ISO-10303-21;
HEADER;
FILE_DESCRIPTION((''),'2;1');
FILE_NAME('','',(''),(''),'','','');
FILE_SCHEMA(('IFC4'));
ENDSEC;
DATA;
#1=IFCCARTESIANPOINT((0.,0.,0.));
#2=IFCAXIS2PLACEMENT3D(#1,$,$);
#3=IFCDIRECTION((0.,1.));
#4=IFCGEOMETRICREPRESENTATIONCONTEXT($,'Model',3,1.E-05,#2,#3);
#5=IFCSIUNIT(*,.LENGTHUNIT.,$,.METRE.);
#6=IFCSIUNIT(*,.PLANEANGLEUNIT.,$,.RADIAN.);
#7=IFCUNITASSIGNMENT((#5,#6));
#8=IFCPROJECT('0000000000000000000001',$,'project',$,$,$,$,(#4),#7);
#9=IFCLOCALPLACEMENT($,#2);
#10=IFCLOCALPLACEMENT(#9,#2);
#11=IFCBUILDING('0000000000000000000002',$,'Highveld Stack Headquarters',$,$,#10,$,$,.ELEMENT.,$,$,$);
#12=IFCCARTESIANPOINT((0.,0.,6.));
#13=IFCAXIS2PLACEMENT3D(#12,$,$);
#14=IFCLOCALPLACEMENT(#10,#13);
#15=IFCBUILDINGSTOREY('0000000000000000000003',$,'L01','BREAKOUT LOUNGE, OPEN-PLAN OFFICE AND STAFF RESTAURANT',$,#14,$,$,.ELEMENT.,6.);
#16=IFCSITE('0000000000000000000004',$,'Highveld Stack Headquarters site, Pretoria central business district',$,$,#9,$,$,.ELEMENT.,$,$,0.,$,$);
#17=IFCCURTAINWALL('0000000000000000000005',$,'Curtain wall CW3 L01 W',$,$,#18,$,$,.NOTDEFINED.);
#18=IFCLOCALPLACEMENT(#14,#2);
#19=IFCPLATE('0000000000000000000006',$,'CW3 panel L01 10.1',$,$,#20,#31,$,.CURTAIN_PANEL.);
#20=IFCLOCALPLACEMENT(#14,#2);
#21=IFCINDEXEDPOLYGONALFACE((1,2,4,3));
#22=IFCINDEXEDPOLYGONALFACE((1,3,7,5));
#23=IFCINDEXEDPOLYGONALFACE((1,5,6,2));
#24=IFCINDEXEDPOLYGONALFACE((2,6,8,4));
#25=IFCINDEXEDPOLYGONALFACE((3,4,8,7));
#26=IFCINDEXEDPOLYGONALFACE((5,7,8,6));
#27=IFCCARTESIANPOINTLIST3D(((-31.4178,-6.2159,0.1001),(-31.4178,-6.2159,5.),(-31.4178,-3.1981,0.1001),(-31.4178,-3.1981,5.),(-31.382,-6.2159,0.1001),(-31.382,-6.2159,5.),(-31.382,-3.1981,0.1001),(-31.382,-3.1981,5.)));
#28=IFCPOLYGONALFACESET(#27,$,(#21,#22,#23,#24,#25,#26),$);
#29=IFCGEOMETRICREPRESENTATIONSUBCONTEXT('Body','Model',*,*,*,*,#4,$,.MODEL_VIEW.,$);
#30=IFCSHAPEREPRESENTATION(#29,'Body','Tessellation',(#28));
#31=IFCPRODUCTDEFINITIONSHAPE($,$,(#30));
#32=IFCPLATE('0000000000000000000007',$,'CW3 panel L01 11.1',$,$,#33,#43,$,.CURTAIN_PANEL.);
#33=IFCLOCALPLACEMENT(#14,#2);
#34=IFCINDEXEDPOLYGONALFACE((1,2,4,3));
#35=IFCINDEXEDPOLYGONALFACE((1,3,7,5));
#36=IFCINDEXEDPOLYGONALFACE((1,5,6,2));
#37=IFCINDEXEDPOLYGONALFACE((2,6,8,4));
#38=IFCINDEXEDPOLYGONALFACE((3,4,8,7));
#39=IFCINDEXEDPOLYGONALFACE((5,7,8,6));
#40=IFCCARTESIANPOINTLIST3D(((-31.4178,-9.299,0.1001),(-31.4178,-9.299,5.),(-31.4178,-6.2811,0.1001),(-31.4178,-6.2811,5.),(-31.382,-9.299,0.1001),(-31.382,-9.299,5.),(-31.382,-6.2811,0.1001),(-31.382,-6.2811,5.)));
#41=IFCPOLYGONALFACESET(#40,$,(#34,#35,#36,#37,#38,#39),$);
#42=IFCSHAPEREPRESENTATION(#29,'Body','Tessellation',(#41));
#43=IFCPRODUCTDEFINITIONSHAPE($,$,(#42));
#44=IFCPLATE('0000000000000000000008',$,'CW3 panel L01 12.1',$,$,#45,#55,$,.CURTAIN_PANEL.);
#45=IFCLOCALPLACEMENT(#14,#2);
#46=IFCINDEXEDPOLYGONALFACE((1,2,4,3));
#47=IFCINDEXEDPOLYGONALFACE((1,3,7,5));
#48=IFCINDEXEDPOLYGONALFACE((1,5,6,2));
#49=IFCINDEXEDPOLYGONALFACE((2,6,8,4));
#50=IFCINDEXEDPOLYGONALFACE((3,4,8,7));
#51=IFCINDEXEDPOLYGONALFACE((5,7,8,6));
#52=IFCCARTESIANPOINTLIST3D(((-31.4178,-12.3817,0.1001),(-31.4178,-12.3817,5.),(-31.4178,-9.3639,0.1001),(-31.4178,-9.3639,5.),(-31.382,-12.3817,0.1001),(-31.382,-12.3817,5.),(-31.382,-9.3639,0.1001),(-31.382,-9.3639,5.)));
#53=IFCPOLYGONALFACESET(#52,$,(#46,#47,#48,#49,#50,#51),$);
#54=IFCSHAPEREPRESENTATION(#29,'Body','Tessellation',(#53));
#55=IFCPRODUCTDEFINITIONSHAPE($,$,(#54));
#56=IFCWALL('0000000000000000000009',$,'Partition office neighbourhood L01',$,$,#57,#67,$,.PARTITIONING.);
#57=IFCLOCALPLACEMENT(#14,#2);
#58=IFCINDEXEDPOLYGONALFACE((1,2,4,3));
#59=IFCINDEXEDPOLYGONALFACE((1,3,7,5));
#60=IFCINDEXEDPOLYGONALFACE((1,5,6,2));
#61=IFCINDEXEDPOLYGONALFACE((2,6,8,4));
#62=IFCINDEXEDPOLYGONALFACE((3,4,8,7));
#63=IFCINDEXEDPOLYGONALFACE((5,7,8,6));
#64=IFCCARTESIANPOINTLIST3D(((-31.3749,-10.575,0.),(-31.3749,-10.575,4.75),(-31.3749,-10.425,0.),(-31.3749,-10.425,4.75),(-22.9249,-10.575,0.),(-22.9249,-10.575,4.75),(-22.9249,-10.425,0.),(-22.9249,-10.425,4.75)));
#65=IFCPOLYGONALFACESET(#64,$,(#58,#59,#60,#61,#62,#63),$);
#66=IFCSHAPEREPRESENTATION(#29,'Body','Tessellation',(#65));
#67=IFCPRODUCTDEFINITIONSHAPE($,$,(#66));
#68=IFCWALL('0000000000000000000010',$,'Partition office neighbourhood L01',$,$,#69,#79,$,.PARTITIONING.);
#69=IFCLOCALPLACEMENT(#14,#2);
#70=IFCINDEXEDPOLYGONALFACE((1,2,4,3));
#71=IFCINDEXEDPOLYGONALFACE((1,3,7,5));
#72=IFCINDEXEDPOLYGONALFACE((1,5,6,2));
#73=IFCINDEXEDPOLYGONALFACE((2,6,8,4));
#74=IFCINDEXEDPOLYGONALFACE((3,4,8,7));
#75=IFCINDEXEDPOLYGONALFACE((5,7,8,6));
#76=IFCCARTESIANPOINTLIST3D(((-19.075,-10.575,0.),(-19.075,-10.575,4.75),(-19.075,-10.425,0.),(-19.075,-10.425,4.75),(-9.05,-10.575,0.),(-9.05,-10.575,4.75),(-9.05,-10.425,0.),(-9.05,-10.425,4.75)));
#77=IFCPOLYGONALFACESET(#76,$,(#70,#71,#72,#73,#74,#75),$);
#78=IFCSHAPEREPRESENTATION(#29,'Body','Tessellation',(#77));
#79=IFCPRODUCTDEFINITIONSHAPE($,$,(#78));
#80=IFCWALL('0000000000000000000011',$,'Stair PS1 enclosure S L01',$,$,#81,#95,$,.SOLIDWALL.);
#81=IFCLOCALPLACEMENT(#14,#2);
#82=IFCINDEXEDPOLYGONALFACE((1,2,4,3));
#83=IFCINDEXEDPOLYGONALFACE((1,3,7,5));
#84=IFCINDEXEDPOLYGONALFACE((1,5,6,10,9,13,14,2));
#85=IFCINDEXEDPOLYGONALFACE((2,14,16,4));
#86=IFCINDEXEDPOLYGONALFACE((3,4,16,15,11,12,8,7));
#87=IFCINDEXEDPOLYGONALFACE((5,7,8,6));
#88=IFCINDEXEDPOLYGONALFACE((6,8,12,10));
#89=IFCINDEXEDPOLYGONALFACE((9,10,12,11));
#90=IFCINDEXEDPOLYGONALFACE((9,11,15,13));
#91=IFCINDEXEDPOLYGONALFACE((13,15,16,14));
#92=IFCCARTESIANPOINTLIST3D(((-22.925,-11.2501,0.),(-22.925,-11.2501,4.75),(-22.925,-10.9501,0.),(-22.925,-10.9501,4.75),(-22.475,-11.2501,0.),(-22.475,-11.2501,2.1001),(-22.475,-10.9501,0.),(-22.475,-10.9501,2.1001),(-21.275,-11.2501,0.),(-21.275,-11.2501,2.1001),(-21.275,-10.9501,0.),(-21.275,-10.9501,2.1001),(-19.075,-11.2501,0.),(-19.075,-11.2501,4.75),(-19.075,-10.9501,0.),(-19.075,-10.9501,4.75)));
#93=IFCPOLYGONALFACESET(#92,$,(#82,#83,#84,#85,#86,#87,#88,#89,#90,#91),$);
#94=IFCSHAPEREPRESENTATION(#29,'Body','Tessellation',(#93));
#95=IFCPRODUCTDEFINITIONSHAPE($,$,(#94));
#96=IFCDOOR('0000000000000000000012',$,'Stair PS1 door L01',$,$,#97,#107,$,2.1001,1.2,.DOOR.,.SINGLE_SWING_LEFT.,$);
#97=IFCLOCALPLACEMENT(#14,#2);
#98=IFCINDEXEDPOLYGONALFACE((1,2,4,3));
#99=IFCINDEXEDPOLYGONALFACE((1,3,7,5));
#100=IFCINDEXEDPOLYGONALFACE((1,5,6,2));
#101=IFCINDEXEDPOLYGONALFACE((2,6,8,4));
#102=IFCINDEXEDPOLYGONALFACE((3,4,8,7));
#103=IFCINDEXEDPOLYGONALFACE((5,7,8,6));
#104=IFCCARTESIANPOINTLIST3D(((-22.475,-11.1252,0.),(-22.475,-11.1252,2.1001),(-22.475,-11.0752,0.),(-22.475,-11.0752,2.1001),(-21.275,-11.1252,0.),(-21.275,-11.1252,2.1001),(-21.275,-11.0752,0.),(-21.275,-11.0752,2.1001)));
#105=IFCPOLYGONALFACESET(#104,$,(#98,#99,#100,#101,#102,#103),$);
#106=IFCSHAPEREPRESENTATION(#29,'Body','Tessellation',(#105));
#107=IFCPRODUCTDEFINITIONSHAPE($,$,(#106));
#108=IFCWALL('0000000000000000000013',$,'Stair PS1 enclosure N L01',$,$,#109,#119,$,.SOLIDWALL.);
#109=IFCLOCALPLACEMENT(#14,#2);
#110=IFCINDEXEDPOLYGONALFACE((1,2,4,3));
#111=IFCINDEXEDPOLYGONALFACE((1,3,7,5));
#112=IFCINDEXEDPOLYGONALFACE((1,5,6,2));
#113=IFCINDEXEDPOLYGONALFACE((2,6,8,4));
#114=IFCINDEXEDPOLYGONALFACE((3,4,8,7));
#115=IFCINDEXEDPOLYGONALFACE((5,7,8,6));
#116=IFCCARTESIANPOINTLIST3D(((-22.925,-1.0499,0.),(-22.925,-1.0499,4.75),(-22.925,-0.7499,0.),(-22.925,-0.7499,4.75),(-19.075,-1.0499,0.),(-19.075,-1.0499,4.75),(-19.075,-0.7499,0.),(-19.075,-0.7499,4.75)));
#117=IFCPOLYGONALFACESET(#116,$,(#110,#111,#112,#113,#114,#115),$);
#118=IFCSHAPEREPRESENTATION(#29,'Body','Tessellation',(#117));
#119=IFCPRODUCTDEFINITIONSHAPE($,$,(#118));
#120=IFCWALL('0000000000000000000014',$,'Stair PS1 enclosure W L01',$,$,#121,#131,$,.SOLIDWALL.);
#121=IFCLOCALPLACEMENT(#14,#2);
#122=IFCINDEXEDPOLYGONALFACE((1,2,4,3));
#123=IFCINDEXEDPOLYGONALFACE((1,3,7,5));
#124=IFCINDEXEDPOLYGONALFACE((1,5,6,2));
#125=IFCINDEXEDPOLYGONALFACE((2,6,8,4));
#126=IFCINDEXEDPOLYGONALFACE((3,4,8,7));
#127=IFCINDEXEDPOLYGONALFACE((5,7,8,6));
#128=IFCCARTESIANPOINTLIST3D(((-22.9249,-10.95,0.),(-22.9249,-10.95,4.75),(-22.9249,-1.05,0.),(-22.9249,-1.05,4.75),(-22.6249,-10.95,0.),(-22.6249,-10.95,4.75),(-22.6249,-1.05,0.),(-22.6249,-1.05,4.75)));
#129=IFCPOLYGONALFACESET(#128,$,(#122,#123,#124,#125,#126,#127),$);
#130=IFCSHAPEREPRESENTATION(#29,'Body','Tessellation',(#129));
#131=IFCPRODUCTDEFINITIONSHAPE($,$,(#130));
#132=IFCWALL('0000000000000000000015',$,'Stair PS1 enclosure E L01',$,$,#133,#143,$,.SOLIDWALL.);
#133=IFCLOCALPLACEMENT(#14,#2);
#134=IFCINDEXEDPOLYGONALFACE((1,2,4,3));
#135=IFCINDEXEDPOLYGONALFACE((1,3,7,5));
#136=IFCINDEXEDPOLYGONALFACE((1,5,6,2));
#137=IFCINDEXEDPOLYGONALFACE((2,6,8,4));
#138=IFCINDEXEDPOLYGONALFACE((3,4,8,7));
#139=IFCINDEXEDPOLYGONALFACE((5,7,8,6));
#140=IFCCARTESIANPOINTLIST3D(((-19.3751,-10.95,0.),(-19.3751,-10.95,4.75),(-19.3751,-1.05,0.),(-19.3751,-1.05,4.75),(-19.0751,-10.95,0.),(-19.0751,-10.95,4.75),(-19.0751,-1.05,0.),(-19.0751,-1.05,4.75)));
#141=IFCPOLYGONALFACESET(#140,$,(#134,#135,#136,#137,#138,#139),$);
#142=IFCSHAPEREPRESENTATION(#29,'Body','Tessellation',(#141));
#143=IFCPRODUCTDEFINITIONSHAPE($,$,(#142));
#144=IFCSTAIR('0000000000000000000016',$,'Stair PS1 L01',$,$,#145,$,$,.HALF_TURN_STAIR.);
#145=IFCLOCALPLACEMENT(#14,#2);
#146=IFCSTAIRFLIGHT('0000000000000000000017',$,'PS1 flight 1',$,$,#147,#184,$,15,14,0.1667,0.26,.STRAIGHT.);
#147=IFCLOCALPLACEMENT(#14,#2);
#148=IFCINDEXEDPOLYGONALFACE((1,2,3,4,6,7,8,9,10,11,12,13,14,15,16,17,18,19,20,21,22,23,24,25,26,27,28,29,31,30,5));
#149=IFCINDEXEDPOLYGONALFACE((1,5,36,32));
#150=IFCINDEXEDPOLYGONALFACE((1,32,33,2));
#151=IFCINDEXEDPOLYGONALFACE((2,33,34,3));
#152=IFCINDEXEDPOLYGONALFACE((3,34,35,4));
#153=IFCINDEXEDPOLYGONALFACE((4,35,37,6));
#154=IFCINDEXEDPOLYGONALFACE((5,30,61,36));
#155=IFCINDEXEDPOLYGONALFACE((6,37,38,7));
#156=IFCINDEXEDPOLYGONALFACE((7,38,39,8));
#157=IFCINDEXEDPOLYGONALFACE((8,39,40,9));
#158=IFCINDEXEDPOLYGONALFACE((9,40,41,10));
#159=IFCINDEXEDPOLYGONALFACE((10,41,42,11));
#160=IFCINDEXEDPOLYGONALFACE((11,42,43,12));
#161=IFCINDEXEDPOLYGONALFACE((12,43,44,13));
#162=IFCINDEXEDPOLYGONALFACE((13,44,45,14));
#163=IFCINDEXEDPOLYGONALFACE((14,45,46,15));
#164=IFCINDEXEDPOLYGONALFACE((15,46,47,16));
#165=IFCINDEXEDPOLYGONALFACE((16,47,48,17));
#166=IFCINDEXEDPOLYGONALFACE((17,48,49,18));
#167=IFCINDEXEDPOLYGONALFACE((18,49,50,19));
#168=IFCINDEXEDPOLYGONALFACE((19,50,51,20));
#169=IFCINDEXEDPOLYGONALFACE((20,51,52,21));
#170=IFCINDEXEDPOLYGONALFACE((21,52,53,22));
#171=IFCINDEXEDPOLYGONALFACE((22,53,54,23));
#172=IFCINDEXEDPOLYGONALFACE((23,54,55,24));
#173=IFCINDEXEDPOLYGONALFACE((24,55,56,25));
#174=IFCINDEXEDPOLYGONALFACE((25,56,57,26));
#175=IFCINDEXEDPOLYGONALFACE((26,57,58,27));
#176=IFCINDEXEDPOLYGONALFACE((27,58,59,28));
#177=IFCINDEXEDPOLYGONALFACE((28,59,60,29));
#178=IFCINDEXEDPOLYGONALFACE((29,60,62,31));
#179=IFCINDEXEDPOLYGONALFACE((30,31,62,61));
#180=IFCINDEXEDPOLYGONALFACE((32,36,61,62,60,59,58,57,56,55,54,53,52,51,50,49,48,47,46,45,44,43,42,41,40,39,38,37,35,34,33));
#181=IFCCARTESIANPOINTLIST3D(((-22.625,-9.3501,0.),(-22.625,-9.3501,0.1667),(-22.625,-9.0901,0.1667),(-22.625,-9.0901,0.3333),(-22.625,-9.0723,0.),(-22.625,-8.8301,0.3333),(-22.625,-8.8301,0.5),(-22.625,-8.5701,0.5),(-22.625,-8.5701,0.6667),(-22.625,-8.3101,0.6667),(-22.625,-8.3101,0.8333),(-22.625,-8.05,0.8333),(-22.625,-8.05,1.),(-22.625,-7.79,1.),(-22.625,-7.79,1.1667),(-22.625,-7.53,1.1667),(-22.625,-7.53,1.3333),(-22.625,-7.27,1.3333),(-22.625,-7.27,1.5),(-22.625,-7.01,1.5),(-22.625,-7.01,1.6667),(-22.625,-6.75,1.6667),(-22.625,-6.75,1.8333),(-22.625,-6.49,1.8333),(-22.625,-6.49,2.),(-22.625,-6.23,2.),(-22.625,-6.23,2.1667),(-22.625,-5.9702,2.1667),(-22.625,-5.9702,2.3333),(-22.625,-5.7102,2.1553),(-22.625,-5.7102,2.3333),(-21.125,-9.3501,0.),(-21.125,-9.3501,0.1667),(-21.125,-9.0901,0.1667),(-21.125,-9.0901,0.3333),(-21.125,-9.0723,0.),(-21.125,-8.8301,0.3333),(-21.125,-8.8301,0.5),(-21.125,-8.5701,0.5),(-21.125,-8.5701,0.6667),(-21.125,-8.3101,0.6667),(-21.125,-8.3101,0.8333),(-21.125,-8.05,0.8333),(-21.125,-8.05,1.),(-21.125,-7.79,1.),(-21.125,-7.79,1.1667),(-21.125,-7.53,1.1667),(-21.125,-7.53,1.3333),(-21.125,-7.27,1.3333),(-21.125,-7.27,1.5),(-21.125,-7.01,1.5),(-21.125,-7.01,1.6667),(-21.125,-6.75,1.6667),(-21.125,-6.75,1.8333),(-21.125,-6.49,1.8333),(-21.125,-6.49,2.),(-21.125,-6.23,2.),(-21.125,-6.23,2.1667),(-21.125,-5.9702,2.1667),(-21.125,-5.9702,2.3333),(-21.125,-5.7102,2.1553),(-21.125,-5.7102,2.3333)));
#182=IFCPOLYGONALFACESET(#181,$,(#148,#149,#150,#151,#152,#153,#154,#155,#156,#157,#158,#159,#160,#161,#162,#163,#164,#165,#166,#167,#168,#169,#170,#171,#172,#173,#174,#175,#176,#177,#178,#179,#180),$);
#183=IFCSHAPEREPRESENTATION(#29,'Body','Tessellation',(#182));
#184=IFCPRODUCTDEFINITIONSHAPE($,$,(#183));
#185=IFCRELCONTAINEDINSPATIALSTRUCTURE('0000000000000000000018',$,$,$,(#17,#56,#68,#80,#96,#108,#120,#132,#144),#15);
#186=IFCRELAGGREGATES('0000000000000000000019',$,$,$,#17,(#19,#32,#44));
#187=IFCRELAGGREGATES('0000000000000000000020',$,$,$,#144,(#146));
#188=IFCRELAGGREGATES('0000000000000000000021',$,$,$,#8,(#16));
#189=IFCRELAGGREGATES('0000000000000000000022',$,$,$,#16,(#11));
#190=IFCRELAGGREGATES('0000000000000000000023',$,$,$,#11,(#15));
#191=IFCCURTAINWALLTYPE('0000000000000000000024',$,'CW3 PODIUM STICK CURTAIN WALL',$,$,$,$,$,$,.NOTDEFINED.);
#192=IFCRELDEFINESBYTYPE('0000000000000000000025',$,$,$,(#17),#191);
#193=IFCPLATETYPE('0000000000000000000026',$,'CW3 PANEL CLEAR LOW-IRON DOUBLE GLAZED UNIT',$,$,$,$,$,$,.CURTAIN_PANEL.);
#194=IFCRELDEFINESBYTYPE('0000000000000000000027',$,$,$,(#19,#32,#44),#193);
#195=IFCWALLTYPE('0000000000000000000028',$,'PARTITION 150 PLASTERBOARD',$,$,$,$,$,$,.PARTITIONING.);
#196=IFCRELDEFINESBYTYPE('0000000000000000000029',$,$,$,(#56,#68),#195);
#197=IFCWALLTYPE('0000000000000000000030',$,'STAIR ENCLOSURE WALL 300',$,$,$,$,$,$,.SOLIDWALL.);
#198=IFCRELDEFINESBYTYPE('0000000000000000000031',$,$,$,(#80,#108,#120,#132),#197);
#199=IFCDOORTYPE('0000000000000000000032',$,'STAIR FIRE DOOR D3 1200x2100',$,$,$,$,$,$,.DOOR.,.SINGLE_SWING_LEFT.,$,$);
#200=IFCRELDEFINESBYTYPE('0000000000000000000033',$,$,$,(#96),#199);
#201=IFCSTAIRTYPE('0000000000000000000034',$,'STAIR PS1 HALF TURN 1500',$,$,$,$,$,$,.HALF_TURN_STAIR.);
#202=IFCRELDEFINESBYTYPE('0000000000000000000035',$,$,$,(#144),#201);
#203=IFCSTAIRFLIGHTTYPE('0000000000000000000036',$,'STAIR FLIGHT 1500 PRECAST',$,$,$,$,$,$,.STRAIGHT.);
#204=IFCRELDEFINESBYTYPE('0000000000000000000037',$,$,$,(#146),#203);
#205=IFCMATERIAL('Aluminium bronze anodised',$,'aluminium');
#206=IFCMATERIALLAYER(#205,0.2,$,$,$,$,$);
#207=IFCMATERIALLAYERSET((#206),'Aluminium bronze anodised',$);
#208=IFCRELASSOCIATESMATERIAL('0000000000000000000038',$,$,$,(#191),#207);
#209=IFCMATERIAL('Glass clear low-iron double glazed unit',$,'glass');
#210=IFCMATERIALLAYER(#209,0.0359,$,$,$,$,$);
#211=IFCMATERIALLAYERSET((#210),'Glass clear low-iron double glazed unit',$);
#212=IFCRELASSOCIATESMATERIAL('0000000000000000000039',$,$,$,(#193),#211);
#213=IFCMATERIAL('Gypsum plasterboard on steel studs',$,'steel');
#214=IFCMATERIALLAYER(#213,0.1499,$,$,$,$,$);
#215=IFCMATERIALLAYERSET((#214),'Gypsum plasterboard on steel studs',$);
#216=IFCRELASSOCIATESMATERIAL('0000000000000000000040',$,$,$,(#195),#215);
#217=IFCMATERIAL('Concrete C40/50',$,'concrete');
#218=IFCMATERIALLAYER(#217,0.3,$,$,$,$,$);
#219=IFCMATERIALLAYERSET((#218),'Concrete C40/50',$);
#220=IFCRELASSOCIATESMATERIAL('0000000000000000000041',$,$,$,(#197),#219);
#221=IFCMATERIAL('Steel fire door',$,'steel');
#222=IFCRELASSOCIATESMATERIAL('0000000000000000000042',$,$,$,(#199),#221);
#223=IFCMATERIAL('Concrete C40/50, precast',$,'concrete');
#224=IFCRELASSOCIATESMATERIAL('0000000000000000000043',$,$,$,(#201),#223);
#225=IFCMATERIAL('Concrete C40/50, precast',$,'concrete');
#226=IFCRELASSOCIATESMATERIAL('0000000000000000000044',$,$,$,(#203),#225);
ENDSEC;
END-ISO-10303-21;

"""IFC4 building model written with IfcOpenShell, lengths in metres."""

from ifc_helpers import new_model, si_unit, direction, frame, frame_2d, origin, origin_2d, place, context, subcontext, project, spatial, polyline, rectangle, outline, extrude, material, layer, layer_set, type_object, element, fill, aggregate, save


model = new_model("IFC4")

# Units and contexts
model_context = context("Model", 3, precision=1e-05, world=origin(), true_north=direction((0.0, 1.0)))
body_context = subcontext(model_context, "Body", "Model", "MODEL_VIEW")
ifc_project = project(units=[si_unit("LENGTHUNIT", "METRE"), si_unit("PLANEANGLEUNIT", "RADIAN")], contexts=[model_context])

# Site, building, storey
site_placement = place(None, origin())
site = spatial("IfcSite", under=ifc_project, at=site_placement, Name="Highveld Stack Headquarters site, Pretoria central business district", CompositionType="ELEMENT", RefElevation=0.0)
building_placement = place(site_placement, origin())
building = spatial("IfcBuilding", under=site, at=building_placement, Name="Highveld Stack Headquarters", CompositionType="ELEMENT")
storey_placement = place(building_placement, frame((0.0, 0.0, 6.0)))
storey = spatial("IfcBuildingStorey", under=building, at=storey_placement, Name="L01", Description="BREAKOUT LOUNGE, OPEN-PLAN OFFICE AND STAFF RESTAURANT", CompositionType="ELEMENT", Elevation=6.0)

# Curtain wall, plates
ifc_material_1 = material(Name="Aluminium bronze anodised", Category="aluminium")
ifc_layer_1 = layer(ifc_material_1, 0.2)
ifc_layer_set_1 = layer_set([ifc_layer_1], Name="Aluminium bronze anodised")
curtain_wall_type = type_object("IfcCurtainWallType", Name="CW3 PODIUM STICK CURTAIN WALL", PredefinedType="NOTDEFINED", material=ifc_layer_set_1)
curtain_wall_placement = place(storey_placement, origin())
curtain_wall = element("IfcCurtainWall", 1, at=curtain_wall_placement, inside=storey, type_object=curtain_wall_type, Name="Curtain wall CW3 L01 W", PredefinedType="NOTDEFINED")
ifc_material_2 = material(Name="Glass clear low-iron double glazed unit", Category="glass")
ifc_layer_2 = layer(ifc_material_2, 0.0359)
ifc_layer_set_2 = layer_set([ifc_layer_2], Name="Glass clear low-iron double glazed unit")
plate_type = type_object("IfcPlateType", Name="CW3 PANEL CLEAR LOW-IRON DOUBLE GLAZED UNIT", PredefinedType="CURTAIN_PANEL", material=ifc_layer_set_2)
plate_1_placement = place(storey_placement, frame((-31.3999, -4.707, 0.1001), z_axis=(0.0, 0.0, 1.0), x_axis=(0.0, -1.0, 0.0)))
plate_1 = element("IfcPlate", 2, at=plate_1_placement, type_object=plate_type, Name="CW3 panel L01 10.1", PredefinedType="CURTAIN_PANEL", context=body_context, shape_type="SweptSolid", body=[
    extrude(rectangle(XDim=3.0178, YDim=0.0359, at=origin_2d()), origin(), (0.0, 0.0, 1.0), 4.8999),
])
plate_2_placement = place(storey_placement, frame((-31.3999, -7.79, 0.1001), z_axis=(0.0, 0.0, 1.0), x_axis=(0.0, -1.0, 0.0)))
plate_2 = element("IfcPlate", 3, at=plate_2_placement, type_object=plate_type, Name="CW3 panel L01 11.1", PredefinedType="CURTAIN_PANEL", context=body_context, shape_type="SweptSolid", body=[
    extrude(rectangle(XDim=3.0178, YDim=0.0359, at=origin_2d()), origin(), (0.0, 0.0, 1.0), 4.8999),
])
plate_3_placement = place(storey_placement, frame((-31.3999, -10.8728, 0.1001), z_axis=(0.0, 0.0, 1.0), x_axis=(0.0, -1.0, 0.0)))
plate_3 = element("IfcPlate", 4, at=plate_3_placement, type_object=plate_type, Name="CW3 panel L01 12.1", PredefinedType="CURTAIN_PANEL", context=body_context, shape_type="SweptSolid", body=[
    extrude(rectangle(XDim=3.0178, YDim=0.0359, at=origin_2d()), origin(), (0.0, 0.0, 1.0), 4.8999),
])
aggregate(curtain_wall, [plate_1, plate_2, plate_3])

# Walls
ifc_material_3 = material(Name="Gypsum plasterboard on steel studs", Category="steel")
ifc_layer_3 = layer(ifc_material_3, 0.1499)
ifc_layer_set_3 = layer_set([ifc_layer_3], Name="Gypsum plasterboard on steel studs")
wall_type_1 = type_object("IfcWallType", Name="PARTITION 150 PLASTERBOARD", PredefinedType="PARTITIONING", material=ifc_layer_set_3)
wall_1_placement = place(storey_placement, frame((-31.375, -10.5, 0.0), z_axis=(0.0, 0.0, 1.0), x_axis=(1.0, 0.0, 0.0)))
element("IfcWall", 5, at=wall_1_placement, inside=storey, type_object=wall_type_1, Name="Partition office neighbourhood L01", PredefinedType="PARTITIONING", context=body_context, shape_type="SweptSolid", body=[
    extrude(rectangle(XDim=8.45, YDim=0.1499, at=frame_2d((4.2251, 0.0))), origin(), (0.0, 0.0, 1.0), 4.75),
])
wall_2_placement = place(storey_placement, frame((-19.075, -10.5, 0.0), z_axis=(0.0, 0.0, 1.0), x_axis=(1.0, 0.0, 0.0)))
element("IfcWall", 6, at=wall_2_placement, inside=storey, type_object=wall_type_1, Name="Partition office neighbourhood L01", PredefinedType="PARTITIONING", context=body_context, shape_type="SweptSolid", body=[
    extrude(rectangle(XDim=10.0249, YDim=0.1499, at=frame_2d((5.0125, 0.0))), origin(), (0.0, 0.0, 1.0), 4.75),
])

# Wall, opening, door
ifc_material_4 = material(Name="Concrete C40/50", Category="concrete")
ifc_layer_4 = layer(ifc_material_4, 0.3)
ifc_layer_set_4 = layer_set([ifc_layer_4], Name="Concrete C40/50")
wall_type_2 = type_object("IfcWallType", Name="STAIR ENCLOSURE WALL 300", PredefinedType="SOLIDWALL", material=ifc_layer_set_4)
wall_3_placement = place(storey_placement, frame((-22.925, -11.1001, 0.0), z_axis=(0.0, 0.0, 1.0), x_axis=(1.0, 0.0, 0.0)))
wall_3 = element("IfcWall", 7, at=wall_3_placement, inside=storey, type_object=wall_type_2, Name="Stair PS1 enclosure S L01", PredefinedType="SOLIDWALL", context=body_context, shape_type="SweptSolid", body=[
    extrude(rectangle(XDim=3.8501, YDim=0.3, at=frame_2d((1.925, 0.0))), origin(), (0.0, 0.0, 1.0), 4.75),
])
opening_placement = place(wall_3_placement, frame((0.45, 0.0, 0.0)))
opening = element("IfcOpeningElement", 8, at=opening_placement, cuts=wall_3, PredefinedType="OPENING", context=body_context, shape_type="SweptSolid", body=[
    extrude(rectangle(XDim=1.2, YDim=2.1001, at=frame_2d((0.6001, 1.05))), frame((0.0, 0.1599, 0.0), z_axis=(0.0, -1.0, 0.0), x_axis=(1.0, 0.0, 0.0)), (0.0, 0.0, 1.0), 0.3201),
])
ifc_material_5 = material(Name="Steel fire door", Category="steel")
door_type = type_object("IfcDoorType", Name="STAIR FIRE DOOR D3 1200x2100", OperationType="SINGLE_SWING_LEFT", PredefinedType="DOOR", material=ifc_material_5)
door_placement = place(opening_placement, origin())
door = element("IfcDoor", 9, at=door_placement, inside=storey, type_object=door_type, Name="Stair PS1 door L01", OperationType="SINGLE_SWING_LEFT", OverallHeight=2.1001, OverallWidth=1.2, PredefinedType="DOOR", context=body_context, shape_type="SweptSolid", body=[
    extrude(rectangle(XDim=1.2, YDim=2.1001, at=frame_2d((0.6001, 1.05))), frame((0.0, 0.0249, 0.0), z_axis=(0.0, -1.0, 0.0), x_axis=(1.0, 0.0, 0.0)), (0.0, 0.0, 1.0), 0.05),
])
fill(opening, door)

# Walls
wall_4_placement = place(storey_placement, frame((-22.925, -0.8999, 0.0), z_axis=(0.0, 0.0, 1.0), x_axis=(1.0, 0.0, 0.0)))
element("IfcWall", 10, at=wall_4_placement, inside=storey, type_object=wall_type_2, Name="Stair PS1 enclosure N L01", PredefinedType="SOLIDWALL", context=body_context, shape_type="SweptSolid", body=[
    extrude(rectangle(XDim=3.8501, YDim=0.3, at=frame_2d((1.925, 0.0))), origin(), (0.0, 0.0, 1.0), 4.75),
])
for number, where, z_axis, x_axis, name in (
    (11, (-22.7749, -10.95, 0.0), (0.0, 0.0, 1.0), (0.0, 1.0, 0.0), "Stair PS1 enclosure W L01"),
    (12, (-19.2251, -10.95, 0.0), (0.0, 0.0, 1.0), (0.0, 1.0, 0.0), "Stair PS1 enclosure E L01"),
):
    element("IfcWall", number, at=place(storey_placement, frame(where, z_axis=z_axis, x_axis=x_axis)), inside=storey, type_object=wall_type_2, Name=name, PredefinedType="SOLIDWALL", context=body_context, shape_type="SweptSolid", body=[
        extrude(rectangle(XDim=9.8999, YDim=0.3, at=frame_2d((4.95, 0.0))), origin(), (0.0, 0.0, 1.0), 4.75),
    ])

# Stair, stair flight
ifc_material_6 = material(Name="Concrete C40/50, precast", Category="concrete")
stair_type = type_object("IfcStairType", Name="STAIR PS1 HALF TURN 1500", PredefinedType="HALF_TURN_STAIR", material=ifc_material_6)
stair_placement = place(storey_placement, origin())
stair = element("IfcStair", 13, at=stair_placement, inside=storey, type_object=stair_type, Name="Stair PS1 L01", PredefinedType="HALF_TURN_STAIR")
ifc_material_7 = material(Name="Concrete C40/50, precast", Category="concrete")
stair_flight_type = type_object("IfcStairFlightType", Name="STAIR FLIGHT 1500 PRECAST", PredefinedType="STRAIGHT", material=ifc_material_7)
stair_flight_1_placement = place(storey_placement, frame((-21.875, -9.3501, 0.0), z_axis=(0.0, 0.0, 1.0), x_axis=(0.0, 1.0, 0.0)))
stair_flight_1 = element("IfcStairFlight", 14, at=stair_flight_1_placement, type_object=stair_flight_type, Name="PS1 flight 1", NumberOfRisers=15, NumberOfTreads=14, PredefinedType="STRAIGHT", RiserHeight=0.1667, TreadLength=0.26, context=body_context, shape_type="SweptSolid", body=[
    extrude(outline(polyline([(0.0, 0.0), (0.0, 0.1667), (0.26, 0.1667), (0.26, 0.3333), (0.52, 0.3333), (0.52, 0.5), (0.78, 0.5), (0.78, 0.6667), (1.04, 0.6667), (1.04, 0.8333), (1.3, 0.8333), (1.3, 1.0), (1.5601, 1.0), (1.5601, 1.1667), (1.8201, 1.1667), (1.8201, 1.3333), (2.0801, 1.3333), (2.0801, 1.5), (2.3401, 1.5), (2.3401, 1.6667), (2.6001, 1.6667), (2.6001, 1.8333), (2.8601, 1.8333), (2.8601, 2.0), (3.1201, 2.0), (3.1201, 2.1667), (3.3799, 2.1667), (3.3799, 2.3333), (3.6399, 2.3333), (3.6399, 2.5), (3.6399, 2.1553), (0.2778, 0.0), (0.0, 0.0)])), frame((0.0, 0.75, 0.0), z_axis=(0.0, -1.0, 0.0), x_axis=(1.0, 0.0, 0.0)), (0.0, 0.0, 1.0), 1.5),
])
aggregate(stair, [stair_flight_1])

save(model, "model.ifc")
